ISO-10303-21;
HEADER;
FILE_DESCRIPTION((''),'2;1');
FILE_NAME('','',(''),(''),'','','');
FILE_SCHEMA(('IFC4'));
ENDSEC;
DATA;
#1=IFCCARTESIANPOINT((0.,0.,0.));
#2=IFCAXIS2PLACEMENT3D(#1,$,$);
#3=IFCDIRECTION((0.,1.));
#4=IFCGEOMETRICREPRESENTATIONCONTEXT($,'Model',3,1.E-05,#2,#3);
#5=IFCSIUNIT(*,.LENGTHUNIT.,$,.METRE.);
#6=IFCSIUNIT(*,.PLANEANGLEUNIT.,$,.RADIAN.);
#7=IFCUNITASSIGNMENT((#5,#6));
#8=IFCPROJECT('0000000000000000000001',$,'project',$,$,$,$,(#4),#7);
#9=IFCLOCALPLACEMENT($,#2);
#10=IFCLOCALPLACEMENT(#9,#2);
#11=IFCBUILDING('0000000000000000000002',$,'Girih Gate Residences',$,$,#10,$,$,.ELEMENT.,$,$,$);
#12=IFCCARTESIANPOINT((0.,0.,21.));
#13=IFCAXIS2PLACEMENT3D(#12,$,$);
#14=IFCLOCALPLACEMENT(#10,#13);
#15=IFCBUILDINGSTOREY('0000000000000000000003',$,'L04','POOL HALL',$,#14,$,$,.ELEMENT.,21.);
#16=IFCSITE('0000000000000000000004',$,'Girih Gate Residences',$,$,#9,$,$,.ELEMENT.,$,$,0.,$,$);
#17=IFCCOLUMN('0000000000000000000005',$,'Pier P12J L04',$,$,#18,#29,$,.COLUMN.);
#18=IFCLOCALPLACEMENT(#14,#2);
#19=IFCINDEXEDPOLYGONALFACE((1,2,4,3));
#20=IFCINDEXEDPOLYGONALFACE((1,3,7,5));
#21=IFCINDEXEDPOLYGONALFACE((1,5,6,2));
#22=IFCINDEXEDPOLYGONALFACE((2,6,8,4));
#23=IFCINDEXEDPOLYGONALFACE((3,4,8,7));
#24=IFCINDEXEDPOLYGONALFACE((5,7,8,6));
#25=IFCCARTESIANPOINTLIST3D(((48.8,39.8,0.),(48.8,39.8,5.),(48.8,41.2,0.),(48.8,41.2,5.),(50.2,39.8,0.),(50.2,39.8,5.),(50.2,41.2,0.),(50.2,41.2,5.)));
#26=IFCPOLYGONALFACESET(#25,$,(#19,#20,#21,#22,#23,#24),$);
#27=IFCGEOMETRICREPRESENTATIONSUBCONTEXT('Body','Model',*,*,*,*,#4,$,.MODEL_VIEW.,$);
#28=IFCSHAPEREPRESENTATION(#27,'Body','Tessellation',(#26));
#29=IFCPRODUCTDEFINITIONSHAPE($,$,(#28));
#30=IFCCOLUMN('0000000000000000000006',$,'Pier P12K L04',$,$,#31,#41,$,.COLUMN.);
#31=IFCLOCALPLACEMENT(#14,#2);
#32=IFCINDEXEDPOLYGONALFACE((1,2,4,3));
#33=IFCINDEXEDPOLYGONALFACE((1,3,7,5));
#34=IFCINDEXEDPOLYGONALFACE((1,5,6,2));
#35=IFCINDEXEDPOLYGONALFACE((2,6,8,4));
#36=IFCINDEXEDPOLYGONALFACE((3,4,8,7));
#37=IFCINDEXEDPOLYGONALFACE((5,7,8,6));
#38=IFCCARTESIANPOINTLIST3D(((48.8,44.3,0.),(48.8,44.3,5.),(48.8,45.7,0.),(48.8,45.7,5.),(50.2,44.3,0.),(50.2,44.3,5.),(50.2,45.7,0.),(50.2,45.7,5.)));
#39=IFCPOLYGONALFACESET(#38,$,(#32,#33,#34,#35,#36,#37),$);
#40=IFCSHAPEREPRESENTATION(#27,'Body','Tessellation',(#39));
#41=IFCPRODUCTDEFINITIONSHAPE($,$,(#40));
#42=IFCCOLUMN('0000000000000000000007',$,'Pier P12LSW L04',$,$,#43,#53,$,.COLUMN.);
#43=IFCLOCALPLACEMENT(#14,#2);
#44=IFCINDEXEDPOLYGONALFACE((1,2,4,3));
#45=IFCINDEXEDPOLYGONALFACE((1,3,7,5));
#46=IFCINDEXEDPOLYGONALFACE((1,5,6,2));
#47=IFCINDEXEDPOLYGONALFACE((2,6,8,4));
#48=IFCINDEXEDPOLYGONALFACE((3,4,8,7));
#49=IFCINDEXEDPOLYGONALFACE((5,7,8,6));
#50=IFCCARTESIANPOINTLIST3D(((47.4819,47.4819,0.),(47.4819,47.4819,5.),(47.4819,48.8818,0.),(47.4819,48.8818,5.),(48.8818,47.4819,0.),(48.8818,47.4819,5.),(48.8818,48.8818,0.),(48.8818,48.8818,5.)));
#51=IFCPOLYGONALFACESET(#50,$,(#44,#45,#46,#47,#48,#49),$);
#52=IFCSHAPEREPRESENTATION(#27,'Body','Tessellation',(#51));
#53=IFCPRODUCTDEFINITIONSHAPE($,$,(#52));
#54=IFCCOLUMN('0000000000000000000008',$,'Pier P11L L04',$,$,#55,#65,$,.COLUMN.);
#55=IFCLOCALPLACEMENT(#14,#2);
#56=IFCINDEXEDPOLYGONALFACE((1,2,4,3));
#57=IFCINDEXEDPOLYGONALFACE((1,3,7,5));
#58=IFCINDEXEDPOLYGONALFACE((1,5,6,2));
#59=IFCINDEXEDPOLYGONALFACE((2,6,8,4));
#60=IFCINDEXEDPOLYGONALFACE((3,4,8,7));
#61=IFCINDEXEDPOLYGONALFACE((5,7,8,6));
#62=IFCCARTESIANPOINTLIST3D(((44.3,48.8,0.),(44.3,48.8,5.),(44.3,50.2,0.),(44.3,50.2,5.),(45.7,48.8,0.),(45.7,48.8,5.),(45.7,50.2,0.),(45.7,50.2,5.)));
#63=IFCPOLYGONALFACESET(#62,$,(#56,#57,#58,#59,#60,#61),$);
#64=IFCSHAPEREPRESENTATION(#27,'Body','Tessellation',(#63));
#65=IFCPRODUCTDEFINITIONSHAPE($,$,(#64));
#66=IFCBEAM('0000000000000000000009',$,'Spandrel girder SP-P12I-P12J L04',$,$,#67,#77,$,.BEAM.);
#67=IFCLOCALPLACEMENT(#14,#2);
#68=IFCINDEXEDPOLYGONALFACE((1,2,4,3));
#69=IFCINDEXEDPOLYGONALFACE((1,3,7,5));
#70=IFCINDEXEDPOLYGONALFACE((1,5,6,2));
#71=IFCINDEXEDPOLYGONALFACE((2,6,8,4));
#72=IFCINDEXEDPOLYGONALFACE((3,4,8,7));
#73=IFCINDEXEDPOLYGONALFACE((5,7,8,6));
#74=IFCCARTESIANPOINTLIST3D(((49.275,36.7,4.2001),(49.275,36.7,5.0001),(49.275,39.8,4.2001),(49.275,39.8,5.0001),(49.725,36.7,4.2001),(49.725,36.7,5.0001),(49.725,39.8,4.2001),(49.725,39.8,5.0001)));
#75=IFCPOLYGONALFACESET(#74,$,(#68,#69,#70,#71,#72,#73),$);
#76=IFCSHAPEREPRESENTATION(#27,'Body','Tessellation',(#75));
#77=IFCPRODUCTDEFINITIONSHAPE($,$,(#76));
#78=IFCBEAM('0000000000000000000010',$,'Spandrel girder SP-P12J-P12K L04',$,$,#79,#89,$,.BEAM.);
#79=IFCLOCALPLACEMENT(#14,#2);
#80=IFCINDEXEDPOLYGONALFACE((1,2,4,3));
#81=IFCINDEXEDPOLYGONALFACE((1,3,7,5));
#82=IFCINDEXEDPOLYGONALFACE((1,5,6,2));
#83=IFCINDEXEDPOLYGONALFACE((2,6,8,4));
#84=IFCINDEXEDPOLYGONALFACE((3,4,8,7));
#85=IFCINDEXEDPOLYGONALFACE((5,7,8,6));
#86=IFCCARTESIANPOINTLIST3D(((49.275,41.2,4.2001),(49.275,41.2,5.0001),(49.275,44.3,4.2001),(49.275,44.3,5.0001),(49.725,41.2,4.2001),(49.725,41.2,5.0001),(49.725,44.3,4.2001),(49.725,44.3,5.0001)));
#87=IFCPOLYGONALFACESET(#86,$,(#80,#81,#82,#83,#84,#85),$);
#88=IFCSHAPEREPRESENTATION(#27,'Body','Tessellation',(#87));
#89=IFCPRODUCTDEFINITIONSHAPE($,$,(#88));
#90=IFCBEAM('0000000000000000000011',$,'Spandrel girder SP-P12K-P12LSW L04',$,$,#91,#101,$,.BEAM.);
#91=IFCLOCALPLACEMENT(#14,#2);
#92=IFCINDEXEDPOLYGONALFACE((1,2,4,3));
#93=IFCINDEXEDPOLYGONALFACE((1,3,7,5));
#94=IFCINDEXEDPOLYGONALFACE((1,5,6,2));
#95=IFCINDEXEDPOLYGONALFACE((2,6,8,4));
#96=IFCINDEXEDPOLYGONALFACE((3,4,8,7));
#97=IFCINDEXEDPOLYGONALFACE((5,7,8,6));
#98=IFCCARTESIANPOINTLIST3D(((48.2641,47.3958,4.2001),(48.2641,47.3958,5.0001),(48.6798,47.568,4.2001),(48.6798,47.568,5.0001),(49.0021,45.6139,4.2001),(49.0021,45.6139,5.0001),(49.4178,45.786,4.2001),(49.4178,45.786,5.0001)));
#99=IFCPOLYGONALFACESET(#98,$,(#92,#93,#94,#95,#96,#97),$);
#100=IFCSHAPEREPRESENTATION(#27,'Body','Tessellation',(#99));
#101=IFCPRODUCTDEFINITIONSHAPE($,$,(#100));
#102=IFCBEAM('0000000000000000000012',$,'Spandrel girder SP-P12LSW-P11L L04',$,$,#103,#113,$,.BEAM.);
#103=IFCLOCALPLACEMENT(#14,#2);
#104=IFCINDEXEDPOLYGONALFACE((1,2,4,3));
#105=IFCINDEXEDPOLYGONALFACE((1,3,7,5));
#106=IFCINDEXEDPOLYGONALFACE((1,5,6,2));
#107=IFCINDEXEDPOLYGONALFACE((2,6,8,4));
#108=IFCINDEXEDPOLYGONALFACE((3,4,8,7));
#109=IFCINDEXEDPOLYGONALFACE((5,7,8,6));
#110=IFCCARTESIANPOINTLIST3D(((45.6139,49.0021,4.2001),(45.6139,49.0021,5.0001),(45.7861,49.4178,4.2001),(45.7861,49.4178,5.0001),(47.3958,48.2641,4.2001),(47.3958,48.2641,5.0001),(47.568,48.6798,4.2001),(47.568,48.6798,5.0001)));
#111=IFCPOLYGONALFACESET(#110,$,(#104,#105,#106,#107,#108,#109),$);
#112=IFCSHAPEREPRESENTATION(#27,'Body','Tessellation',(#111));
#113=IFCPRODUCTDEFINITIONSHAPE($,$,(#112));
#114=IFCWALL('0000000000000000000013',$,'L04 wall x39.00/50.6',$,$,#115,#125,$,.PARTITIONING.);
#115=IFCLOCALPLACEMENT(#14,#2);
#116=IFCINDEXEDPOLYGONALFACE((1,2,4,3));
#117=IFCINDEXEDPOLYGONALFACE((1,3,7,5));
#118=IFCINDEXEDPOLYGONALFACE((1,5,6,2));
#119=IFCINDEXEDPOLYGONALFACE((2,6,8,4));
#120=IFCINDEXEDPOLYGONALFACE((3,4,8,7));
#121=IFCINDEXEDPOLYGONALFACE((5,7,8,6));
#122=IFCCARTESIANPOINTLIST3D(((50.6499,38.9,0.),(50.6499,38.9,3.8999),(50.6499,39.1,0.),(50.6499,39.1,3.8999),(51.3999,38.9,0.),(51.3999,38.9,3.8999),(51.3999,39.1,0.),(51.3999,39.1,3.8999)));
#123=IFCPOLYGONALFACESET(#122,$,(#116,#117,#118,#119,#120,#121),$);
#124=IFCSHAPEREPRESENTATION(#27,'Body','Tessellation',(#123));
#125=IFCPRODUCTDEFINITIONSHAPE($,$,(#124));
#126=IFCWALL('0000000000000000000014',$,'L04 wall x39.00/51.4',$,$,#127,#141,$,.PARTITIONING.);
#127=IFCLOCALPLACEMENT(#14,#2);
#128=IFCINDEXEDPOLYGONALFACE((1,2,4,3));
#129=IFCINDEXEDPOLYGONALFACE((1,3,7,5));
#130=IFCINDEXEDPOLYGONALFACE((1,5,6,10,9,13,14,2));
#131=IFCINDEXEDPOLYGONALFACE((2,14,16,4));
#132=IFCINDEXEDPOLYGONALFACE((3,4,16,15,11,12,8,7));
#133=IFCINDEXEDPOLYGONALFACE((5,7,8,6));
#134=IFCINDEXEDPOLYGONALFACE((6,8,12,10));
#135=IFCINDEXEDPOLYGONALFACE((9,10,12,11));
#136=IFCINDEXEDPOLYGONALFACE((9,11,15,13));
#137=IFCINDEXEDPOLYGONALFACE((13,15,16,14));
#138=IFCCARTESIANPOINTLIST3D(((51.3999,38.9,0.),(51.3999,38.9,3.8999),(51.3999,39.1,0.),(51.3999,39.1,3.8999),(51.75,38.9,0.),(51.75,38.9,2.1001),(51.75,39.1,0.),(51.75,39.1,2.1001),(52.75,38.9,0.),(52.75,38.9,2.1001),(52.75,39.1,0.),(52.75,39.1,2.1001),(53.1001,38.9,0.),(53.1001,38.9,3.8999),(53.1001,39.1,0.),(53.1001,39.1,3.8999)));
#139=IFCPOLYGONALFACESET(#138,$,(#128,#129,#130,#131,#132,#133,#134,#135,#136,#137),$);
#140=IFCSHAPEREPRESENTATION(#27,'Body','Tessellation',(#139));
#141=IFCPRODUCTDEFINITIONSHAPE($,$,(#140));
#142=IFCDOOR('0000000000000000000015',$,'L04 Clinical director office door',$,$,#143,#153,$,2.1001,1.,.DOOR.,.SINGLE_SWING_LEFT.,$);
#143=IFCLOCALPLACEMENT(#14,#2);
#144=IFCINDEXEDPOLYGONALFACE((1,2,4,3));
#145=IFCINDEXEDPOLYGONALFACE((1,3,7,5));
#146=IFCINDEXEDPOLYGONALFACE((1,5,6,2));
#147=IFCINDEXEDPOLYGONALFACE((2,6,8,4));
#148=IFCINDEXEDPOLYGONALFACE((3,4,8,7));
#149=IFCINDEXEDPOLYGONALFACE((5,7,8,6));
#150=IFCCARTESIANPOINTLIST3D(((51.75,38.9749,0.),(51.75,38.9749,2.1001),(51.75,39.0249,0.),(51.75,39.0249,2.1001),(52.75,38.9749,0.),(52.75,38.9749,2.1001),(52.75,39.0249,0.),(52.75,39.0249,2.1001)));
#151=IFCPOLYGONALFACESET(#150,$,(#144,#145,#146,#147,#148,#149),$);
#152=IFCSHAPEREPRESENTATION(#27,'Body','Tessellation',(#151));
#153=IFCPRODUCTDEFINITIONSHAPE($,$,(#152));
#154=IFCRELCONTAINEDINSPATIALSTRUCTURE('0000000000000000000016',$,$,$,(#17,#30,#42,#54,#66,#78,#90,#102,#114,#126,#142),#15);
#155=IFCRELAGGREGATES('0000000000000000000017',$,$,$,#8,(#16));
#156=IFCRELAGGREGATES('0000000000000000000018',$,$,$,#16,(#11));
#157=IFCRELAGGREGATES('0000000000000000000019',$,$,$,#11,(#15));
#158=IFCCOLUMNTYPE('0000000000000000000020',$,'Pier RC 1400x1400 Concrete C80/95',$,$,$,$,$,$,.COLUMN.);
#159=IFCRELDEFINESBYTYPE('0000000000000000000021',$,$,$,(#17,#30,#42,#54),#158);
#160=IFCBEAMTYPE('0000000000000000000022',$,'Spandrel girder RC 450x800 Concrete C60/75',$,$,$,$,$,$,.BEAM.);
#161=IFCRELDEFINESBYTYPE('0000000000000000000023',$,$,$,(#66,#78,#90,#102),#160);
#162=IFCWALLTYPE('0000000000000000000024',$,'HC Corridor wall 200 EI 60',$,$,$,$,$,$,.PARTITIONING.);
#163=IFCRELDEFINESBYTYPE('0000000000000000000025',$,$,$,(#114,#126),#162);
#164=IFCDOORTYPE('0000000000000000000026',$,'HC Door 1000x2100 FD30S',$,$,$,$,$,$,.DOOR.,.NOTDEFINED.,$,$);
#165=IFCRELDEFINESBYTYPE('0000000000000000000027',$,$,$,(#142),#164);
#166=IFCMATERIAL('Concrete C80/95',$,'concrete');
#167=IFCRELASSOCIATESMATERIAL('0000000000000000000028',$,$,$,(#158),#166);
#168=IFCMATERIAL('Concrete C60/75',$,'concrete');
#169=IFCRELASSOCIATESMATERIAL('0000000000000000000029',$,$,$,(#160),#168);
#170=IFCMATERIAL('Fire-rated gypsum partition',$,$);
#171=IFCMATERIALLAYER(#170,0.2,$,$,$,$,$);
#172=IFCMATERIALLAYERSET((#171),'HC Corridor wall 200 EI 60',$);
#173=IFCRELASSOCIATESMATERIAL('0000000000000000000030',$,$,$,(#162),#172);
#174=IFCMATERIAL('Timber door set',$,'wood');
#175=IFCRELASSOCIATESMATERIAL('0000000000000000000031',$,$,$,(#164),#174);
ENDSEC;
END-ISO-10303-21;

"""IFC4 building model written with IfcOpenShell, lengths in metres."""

from ifc_helpers import new_model, si_unit, direction, frame, frame_2d, origin, origin_2d, place, context, subcontext, project, spatial, rectangle, extrude, material, layer, layer_set, material_profile, profile_set, type_object, element, fill, save


model = new_model("IFC4")

# Units and contexts
model_context = context("Model", 3, precision=1e-05, world=origin(), true_north=direction((0.0, 1.0)))
body_context = subcontext(model_context, "Body", "Model", "MODEL_VIEW")
ifc_project = project(units=[si_unit("LENGTHUNIT", "METRE"), si_unit("PLANEANGLEUNIT", "RADIAN")], contexts=[model_context])

# Site, building, storey
site_placement = place(None, origin())
site = spatial("IfcSite", under=ifc_project, at=site_placement, Name="Girih Gate Residences", CompositionType="ELEMENT", RefElevation=0.0)
building_placement = place(site_placement, origin())
building = spatial("IfcBuilding", under=site, at=building_placement, Name="Girih Gate Residences", CompositionType="ELEMENT")
storey_placement = place(building_placement, frame((0.0, 0.0, 21.0)))
storey = spatial("IfcBuildingStorey", under=building, at=storey_placement, Name="L04", Description="POOL HALL", CompositionType="ELEMENT", Elevation=21.0)

# Columns
ifc_material_1 = material(Name="Concrete C80/95", Category="concrete")
ifc_material_profile_1 = material_profile(ifc_material_1, rectangle(XDim=1.3999, YDim=1.3999, at=origin_2d()))
ifc_profile_set_1 = profile_set([ifc_material_profile_1], Name="Concrete C80/95")
column_type = type_object("IfcColumnType", Name="Pier RC 1400x1400 Concrete C80/95", PredefinedType="COLUMN", material=ifc_profile_set_1)
for number, where, z_axis, x_axis, name in (
    (1, (49.5, 40.5, 0.0), (0.0, 0.0, 1.0), (1.0, 0.0, 0.0), "Pier P12J L04"),
    (2, (49.5, 45.0, 0.0), (0.0, 0.0, 1.0), (1.0, 0.0, 0.0), "Pier P12K L04"),
    (3, (48.1819, 48.1819, 0.0), (0.0, 0.0, 1.0), (1.0, 0.0, 0.0), "Pier P12LSW L04"),
    (4, (45.0, 49.5, 0.0), (0.0, 0.0, 1.0), (1.0, 0.0, 0.0), "Pier P11L L04"),
):
    element("IfcColumn", number, at=place(storey_placement, frame(where, z_axis=z_axis, x_axis=x_axis)), inside=storey, type_object=column_type, Name=name, PredefinedType="COLUMN", context=body_context, shape_type="SweptSolid", body=[
        extrude(rectangle(XDim=1.3999, YDim=1.3999, at=origin_2d()), origin(), (0.0, 0.0, 1.0), 5.0),
    ])

# Beams
ifc_material_2 = material(Name="Concrete C60/75", Category="concrete")
ifc_material_profile_2 = material_profile(ifc_material_2, rectangle(XDim=0.45, YDim=0.8, at=origin_2d()))
ifc_profile_set_2 = profile_set([ifc_material_profile_2], Name="Concrete C60/75")
beam_type = type_object("IfcBeamType", Name="Spandrel girder RC 450x800 Concrete C60/75", PredefinedType="BEAM", material=ifc_profile_set_2)
for number, where, z_axis, x_axis, name in (
    (5, (49.5, 36.7, 4.6001), (0.0, 1.0, 0.0), (-1.0, 0.0, 0.0), "Spandrel girder SP-P12I-P12J L04"),
    (6, (49.5, 41.2, 4.6001), (0.0, 1.0, 0.0), (-1.0, 0.0, 0.0), "Spandrel girder SP-P12J-P12K L04"),
):
    element("IfcBeam", number, at=place(storey_placement, frame(where, z_axis=z_axis, x_axis=x_axis)), inside=storey, type_object=beam_type, Name=name, PredefinedType="BEAM", context=body_context, shape_type="SweptSolid", body=[
        extrude(rectangle(XDim=0.45, YDim=0.8, at=origin_2d()), origin(), (0.0, 0.0, 1.0), 3.1001),
    ])
for number, where, z_axis, x_axis, name in (
    (7, (49.21, 45.7, 4.6001), (-0.382646, 0.923895, 0.0), (-0.923895, -0.382646, 0.0), "Spandrel girder SP-P12K-P12LSW L04"),
    (8, (47.4819, 48.4719, 4.6001), (-0.923895, 0.382646, 0.0), (-0.382646, -0.923895, 0.0), "Spandrel girder SP-P12LSW-P11L L04"),
):
    element("IfcBeam", number, at=place(storey_placement, frame(where, z_axis=z_axis, x_axis=x_axis)), inside=storey, type_object=beam_type, Name=name, PredefinedType="BEAM", context=body_context, shape_type="SweptSolid", body=[
        extrude(rectangle(XDim=0.45, YDim=0.8, at=origin_2d()), origin(), (0.0, 0.0, 1.0), 1.9287),
    ])

# Wall
ifc_material_3 = material(Name="Fire-rated gypsum partition")
ifc_layer_1 = layer(ifc_material_3, 0.2)
ifc_layer_set_1 = layer_set([ifc_layer_1], Name="HC Corridor wall 200 EI 60")
wall_type_1 = type_object("IfcWallType", Name="HC Corridor wall 200 EI 60", PredefinedType="PARTITIONING", material=ifc_layer_set_1)
wall_1_placement = place(storey_placement, frame((50.6499, 39.0, 0.0), z_axis=(0.0, 0.0, 1.0), x_axis=(1.0, 0.0, 0.0)))
element("IfcWall", 9, at=wall_1_placement, inside=storey, type_object=wall_type_1, Name="L04 wall x39.00/50.6", PredefinedType="PARTITIONING", context=body_context, shape_type="SweptSolid", body=[
    extrude(rectangle(XDim=0.75, YDim=0.2, at=frame_2d((0.375, 0.0))), origin(), (0.0, 0.0, 1.0), 3.8999),
])

# Wall, opening, door
wall_2_placement = place(storey_placement, frame((51.3999, 39.0, 0.0), z_axis=(0.0, 0.0, 1.0), x_axis=(1.0, 0.0, 0.0)))
wall_2 = element("IfcWall", 10, at=wall_2_placement, inside=storey, type_object=wall_type_1, Name="L04 wall x39.00/51.4", PredefinedType="PARTITIONING", context=body_context, shape_type="SweptSolid", body=[
    extrude(rectangle(XDim=1.7002, YDim=0.2, at=frame_2d((0.8501, 0.0))), origin(), (0.0, 0.0, 1.0), 3.8999),
])
opening_1_placement = place(wall_2_placement, frame((0.3501, 0.0, 0.0)))
opening_1 = element("IfcOpeningElement", 11, at=opening_1_placement, cuts=wall_2, PredefinedType="OPENING", context=body_context, shape_type="SweptSolid", body=[
    extrude(rectangle(XDim=1.0, YDim=2.1001, at=frame_2d((0.5, 1.05))), frame((0.0, 0.1099, 0.0), z_axis=(0.0, -1.0, 0.0), x_axis=(1.0, 0.0, 0.0)), (0.0, 0.0, 1.0), 0.22),
])
ifc_material_4 = material(Name="Timber door set", Category="wood")
door_type = type_object("IfcDoorType", Name="HC Door 1000x2100 FD30S", OperationType="NOTDEFINED", PredefinedType="DOOR", material=ifc_material_4)
door_placement = place(opening_1_placement, origin())
door = element("IfcDoor", 12, at=door_placement, inside=storey, type_object=door_type, Name="L04 Clinical director office door", OperationType="SINGLE_SWING_LEFT", OverallHeight=2.1001, OverallWidth=1.0, PredefinedType="DOOR", context=body_context, shape_type="SweptSolid", body=[
    extrude(rectangle(XDim=1.0, YDim=2.1001, at=frame_2d((0.5, 1.05))), frame((0.0, 0.0249, 0.0), z_axis=(0.0, -1.0, 0.0), x_axis=(1.0, 0.0, 0.0)), (0.0, 0.0, 1.0), 0.05),
])
fill(opening_1, door)

save(model, "model.ifc")
